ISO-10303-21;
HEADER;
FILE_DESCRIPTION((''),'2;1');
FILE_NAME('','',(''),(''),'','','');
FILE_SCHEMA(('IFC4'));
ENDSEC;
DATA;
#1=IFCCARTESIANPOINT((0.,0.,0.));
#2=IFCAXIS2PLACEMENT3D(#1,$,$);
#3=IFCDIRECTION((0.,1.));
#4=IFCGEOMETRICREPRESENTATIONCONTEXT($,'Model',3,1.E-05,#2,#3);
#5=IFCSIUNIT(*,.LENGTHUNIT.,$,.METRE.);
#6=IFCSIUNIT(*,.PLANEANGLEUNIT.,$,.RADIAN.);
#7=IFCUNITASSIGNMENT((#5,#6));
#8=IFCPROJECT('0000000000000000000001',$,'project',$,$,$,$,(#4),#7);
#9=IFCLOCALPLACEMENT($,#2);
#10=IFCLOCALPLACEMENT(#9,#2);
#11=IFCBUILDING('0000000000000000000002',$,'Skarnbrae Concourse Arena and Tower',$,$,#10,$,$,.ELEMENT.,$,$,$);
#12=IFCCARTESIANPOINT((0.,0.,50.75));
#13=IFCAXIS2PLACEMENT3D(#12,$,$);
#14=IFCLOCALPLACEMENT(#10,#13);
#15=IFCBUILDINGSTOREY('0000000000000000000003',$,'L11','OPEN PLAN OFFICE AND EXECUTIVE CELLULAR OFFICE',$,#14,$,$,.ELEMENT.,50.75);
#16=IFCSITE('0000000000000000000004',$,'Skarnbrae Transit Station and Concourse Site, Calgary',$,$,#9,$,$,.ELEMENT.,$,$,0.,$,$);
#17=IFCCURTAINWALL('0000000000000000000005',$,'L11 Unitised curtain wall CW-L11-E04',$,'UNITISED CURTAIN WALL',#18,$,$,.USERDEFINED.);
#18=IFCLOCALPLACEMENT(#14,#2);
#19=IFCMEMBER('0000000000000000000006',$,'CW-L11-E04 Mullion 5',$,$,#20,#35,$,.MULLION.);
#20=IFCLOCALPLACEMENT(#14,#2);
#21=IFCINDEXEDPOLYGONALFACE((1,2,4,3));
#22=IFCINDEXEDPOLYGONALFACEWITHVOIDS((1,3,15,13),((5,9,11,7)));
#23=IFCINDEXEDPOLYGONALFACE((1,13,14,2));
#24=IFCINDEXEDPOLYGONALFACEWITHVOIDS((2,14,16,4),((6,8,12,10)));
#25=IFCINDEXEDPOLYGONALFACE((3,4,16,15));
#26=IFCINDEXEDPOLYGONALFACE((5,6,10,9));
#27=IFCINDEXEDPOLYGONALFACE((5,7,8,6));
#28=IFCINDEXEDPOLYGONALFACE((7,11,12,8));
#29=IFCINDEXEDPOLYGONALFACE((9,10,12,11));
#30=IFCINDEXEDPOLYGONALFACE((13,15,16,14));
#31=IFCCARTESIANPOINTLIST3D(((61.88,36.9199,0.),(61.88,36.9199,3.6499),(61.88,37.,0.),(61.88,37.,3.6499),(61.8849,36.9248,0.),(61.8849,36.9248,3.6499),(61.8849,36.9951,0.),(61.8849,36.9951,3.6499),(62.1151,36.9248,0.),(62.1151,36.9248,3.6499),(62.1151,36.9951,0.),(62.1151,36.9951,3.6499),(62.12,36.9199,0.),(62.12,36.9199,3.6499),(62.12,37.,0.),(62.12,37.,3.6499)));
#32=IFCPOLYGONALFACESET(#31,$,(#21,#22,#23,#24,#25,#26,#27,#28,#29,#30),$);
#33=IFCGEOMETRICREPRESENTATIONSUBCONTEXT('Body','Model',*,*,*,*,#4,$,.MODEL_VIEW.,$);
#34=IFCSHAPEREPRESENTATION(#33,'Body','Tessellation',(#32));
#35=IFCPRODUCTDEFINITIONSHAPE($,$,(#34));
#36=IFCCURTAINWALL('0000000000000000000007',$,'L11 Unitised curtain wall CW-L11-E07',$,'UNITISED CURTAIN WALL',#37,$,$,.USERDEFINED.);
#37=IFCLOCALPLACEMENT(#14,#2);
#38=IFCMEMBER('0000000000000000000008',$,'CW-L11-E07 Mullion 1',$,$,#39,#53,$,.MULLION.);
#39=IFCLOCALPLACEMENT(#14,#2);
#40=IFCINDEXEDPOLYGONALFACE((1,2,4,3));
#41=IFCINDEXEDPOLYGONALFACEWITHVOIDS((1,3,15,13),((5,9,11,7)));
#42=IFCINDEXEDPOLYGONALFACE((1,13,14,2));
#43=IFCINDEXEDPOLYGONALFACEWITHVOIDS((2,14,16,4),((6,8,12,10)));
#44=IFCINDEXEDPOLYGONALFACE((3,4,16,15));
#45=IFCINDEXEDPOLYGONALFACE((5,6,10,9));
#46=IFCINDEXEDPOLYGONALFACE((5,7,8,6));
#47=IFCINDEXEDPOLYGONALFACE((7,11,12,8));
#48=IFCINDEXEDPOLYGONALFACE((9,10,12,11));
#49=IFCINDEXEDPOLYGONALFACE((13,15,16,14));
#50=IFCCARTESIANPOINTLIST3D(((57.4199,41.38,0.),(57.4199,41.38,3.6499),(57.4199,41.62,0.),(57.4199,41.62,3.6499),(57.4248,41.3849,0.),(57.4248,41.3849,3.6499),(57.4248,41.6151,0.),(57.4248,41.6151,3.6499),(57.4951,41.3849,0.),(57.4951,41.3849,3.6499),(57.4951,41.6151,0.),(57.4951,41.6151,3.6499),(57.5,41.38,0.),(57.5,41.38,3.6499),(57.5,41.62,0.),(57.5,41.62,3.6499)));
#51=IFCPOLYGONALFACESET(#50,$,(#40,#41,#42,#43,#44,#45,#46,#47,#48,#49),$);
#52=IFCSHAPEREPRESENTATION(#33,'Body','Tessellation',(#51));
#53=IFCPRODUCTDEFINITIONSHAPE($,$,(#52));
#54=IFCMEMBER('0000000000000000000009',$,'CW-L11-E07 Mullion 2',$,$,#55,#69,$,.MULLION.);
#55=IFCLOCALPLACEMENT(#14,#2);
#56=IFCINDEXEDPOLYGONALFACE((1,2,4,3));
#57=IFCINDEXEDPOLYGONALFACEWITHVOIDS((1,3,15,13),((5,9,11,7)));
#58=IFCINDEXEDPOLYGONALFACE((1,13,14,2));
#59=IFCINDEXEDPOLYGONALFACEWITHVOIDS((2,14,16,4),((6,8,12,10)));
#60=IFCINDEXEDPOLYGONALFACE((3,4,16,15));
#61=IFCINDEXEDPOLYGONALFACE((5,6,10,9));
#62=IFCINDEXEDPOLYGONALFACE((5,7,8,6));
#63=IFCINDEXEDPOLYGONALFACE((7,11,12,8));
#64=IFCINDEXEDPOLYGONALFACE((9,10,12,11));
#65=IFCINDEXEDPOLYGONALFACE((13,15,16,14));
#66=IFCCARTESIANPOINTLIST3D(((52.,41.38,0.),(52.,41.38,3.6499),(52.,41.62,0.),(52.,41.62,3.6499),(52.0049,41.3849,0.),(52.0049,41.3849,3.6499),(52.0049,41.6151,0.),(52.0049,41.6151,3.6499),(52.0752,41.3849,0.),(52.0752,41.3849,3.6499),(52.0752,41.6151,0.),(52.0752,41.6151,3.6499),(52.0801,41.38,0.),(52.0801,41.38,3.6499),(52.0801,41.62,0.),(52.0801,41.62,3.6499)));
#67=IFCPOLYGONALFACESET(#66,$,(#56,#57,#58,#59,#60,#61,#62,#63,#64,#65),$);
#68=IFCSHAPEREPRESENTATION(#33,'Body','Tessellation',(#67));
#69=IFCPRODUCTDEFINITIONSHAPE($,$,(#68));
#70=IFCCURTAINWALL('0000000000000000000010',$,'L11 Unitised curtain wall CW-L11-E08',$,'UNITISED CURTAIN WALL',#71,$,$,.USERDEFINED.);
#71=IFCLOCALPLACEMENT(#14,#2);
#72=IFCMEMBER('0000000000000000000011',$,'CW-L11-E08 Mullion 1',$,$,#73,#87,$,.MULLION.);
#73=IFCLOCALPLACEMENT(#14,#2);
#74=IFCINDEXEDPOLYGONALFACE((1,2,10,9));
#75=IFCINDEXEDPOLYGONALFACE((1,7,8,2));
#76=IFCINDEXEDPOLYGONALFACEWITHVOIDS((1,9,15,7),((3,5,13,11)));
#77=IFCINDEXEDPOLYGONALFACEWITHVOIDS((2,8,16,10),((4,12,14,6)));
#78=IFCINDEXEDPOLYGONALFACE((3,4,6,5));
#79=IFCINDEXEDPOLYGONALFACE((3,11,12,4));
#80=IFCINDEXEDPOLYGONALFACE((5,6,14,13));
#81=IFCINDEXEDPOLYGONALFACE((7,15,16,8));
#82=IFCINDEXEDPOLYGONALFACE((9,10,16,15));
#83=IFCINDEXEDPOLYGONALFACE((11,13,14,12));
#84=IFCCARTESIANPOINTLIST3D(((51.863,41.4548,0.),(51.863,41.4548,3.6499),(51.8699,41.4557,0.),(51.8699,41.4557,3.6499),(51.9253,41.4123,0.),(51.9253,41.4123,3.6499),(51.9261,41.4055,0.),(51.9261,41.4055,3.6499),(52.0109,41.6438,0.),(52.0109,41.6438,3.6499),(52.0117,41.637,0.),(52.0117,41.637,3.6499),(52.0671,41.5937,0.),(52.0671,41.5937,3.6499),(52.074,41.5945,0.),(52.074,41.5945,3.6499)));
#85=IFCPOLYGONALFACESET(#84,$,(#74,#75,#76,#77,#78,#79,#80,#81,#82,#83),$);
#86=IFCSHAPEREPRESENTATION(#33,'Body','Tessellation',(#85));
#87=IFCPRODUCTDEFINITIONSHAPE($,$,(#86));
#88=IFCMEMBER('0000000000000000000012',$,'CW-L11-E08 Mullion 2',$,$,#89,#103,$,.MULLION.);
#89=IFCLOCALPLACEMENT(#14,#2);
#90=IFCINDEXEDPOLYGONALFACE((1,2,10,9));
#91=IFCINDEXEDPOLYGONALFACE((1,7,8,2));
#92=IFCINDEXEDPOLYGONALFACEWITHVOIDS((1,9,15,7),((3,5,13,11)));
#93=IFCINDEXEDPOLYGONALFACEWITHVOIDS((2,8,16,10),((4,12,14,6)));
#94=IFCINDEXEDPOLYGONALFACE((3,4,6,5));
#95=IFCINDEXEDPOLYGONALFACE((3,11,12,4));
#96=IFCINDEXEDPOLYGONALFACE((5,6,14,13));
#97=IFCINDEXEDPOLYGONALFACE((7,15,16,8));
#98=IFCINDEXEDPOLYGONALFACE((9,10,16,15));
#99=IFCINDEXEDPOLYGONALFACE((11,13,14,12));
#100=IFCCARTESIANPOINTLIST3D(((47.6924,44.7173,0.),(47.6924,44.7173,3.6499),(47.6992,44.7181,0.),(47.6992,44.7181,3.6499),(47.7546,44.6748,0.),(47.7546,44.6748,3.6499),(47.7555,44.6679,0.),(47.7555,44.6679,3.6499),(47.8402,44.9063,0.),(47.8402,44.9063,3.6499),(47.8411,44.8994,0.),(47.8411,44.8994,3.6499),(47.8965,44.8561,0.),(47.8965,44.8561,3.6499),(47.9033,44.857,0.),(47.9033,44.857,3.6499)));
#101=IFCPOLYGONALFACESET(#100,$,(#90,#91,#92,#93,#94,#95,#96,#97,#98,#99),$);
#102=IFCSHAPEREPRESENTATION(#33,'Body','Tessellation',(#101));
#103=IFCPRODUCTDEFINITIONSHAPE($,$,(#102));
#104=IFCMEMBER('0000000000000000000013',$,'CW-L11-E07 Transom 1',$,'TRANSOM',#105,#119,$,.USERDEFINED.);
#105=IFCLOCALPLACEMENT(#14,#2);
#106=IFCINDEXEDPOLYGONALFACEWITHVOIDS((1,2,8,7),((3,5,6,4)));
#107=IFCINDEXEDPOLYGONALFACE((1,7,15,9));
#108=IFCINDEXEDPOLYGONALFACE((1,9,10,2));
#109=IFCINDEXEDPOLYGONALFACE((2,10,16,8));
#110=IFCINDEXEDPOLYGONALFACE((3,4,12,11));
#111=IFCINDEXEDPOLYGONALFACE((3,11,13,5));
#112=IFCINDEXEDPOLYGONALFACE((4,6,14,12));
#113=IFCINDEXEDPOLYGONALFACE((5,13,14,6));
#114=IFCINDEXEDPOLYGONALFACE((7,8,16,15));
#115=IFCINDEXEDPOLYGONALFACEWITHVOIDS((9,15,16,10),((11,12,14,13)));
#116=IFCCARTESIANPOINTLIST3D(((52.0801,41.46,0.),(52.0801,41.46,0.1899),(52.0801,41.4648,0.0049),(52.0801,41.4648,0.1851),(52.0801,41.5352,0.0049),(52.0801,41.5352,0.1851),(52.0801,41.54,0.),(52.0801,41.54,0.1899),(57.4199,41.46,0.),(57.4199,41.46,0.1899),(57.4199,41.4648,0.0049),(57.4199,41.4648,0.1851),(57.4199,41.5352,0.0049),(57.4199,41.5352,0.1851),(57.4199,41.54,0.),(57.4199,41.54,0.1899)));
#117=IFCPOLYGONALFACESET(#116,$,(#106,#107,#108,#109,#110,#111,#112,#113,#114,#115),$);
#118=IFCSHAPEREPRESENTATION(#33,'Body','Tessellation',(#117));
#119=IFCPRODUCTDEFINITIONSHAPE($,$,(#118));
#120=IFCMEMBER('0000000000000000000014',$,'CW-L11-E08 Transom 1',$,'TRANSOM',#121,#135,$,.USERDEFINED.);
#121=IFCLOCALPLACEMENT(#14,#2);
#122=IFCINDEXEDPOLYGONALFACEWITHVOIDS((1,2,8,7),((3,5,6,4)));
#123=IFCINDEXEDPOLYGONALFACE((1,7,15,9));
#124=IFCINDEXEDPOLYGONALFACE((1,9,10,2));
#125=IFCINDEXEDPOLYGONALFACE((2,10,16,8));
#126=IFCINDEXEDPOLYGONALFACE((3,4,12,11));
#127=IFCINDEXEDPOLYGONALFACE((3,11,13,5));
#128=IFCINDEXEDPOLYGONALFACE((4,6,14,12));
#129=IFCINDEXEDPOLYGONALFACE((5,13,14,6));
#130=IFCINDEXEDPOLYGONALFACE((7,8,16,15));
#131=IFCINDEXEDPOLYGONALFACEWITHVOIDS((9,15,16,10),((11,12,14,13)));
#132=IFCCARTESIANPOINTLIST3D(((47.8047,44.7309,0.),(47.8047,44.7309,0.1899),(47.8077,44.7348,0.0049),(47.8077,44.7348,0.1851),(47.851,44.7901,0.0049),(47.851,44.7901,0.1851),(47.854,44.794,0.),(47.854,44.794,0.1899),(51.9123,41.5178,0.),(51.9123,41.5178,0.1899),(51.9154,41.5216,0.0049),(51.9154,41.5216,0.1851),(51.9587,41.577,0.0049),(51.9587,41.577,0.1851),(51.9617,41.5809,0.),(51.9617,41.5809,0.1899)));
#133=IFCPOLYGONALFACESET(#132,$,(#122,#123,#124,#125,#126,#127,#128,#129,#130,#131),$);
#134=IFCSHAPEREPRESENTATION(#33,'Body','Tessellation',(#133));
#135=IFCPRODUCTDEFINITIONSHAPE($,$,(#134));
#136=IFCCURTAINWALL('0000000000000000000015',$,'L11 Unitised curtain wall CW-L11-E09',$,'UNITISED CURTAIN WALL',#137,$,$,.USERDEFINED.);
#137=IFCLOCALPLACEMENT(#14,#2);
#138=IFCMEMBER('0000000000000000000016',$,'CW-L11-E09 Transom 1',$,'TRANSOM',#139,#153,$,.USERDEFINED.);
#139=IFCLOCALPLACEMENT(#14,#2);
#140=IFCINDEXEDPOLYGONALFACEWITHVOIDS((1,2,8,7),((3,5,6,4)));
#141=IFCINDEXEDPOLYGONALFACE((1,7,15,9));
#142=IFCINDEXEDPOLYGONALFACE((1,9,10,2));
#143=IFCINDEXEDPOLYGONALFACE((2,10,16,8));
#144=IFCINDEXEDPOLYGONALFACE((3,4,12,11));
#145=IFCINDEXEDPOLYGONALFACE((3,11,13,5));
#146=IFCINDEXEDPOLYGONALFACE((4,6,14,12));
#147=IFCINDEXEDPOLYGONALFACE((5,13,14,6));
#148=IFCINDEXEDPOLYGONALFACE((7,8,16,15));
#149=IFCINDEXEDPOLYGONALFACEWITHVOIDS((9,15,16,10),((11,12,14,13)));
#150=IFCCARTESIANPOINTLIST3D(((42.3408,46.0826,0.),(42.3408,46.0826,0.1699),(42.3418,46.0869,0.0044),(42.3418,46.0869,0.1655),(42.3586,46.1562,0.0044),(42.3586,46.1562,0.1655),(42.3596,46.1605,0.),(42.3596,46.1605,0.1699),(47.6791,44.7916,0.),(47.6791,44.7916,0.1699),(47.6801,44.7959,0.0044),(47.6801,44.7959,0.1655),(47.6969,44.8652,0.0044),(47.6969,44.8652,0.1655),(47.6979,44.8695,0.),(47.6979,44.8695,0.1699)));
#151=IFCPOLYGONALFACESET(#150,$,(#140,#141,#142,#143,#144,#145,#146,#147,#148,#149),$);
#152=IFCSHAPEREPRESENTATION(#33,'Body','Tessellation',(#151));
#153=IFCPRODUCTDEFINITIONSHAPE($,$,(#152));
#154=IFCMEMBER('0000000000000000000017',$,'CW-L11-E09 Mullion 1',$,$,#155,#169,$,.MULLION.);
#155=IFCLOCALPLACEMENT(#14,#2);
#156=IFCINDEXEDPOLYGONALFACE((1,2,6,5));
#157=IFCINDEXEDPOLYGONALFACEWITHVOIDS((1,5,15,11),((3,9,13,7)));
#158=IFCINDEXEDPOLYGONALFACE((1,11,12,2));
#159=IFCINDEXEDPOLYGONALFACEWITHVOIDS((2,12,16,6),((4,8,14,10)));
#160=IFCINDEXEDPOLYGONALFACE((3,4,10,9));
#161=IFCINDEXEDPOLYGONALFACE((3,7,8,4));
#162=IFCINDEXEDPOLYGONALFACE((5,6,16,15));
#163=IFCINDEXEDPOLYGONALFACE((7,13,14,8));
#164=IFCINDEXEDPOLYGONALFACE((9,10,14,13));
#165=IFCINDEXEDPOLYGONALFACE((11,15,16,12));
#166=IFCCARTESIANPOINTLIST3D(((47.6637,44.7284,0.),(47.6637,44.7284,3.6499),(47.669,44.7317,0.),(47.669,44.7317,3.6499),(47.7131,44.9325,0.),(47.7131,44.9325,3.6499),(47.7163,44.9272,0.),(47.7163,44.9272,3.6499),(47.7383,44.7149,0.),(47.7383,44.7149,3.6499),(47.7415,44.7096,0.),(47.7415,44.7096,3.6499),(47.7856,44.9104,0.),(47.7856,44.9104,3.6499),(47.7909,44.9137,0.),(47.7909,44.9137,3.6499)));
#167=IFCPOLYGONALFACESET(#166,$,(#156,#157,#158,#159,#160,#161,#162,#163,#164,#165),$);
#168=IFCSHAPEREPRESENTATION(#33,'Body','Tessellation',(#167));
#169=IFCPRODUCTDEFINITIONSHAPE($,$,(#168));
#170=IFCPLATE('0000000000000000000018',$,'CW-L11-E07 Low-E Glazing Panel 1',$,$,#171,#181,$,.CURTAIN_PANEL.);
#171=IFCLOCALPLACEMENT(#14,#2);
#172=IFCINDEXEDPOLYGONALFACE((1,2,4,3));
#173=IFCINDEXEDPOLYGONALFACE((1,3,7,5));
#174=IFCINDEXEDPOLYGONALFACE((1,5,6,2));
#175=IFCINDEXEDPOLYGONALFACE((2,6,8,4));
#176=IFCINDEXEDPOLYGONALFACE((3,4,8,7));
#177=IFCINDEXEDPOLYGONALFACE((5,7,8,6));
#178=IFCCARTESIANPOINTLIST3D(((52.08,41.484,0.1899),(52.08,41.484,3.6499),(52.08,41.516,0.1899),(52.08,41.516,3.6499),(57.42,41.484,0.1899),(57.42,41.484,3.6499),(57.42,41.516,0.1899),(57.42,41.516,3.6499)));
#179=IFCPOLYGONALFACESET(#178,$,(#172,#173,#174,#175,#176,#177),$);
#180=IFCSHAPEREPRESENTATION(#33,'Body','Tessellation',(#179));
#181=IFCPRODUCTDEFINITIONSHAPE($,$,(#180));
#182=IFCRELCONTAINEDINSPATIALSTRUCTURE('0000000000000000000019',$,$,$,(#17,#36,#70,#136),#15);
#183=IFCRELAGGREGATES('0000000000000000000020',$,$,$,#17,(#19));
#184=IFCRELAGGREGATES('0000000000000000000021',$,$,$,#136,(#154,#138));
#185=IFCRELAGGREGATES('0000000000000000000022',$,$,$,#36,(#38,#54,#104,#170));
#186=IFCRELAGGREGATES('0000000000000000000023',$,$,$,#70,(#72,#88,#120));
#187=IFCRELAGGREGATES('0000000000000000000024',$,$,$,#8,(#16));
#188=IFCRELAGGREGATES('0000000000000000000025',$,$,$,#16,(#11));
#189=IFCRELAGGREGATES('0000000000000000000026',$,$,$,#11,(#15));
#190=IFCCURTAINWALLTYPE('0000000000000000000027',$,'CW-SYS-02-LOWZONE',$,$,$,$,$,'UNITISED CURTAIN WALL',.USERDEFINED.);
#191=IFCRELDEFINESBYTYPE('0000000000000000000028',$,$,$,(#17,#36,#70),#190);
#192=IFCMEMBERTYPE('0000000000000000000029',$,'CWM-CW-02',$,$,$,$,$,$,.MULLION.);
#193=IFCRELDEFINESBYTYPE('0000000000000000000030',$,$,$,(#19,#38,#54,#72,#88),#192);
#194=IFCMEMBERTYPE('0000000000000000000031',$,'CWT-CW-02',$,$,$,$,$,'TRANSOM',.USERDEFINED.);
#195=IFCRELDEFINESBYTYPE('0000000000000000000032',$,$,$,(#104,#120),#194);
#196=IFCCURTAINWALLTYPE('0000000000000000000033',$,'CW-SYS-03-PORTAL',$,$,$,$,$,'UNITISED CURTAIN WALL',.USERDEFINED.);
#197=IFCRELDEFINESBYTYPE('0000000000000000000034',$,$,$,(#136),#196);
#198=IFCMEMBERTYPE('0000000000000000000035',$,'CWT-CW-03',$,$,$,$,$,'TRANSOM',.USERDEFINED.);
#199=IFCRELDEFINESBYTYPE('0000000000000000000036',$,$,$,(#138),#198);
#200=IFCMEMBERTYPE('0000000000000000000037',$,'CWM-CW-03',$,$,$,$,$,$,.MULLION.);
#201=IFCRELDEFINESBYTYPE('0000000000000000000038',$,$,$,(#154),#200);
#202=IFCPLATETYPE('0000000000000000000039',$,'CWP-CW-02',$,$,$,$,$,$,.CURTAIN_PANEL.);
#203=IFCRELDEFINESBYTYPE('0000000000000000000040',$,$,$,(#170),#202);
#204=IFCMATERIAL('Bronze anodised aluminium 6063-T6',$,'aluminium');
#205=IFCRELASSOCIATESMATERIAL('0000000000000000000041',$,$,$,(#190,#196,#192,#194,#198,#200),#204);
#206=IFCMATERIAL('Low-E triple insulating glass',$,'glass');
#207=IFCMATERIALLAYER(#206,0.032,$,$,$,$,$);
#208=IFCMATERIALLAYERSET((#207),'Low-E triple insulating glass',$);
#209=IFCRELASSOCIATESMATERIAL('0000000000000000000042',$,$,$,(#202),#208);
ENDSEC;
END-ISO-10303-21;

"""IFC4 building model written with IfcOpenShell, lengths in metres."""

from ifc_helpers import new_model, si_unit, direction, frame, origin, origin_2d, place, context, subcontext, project, spatial, rectangle, hollow_rectangle, extrude, source, transform, mapped, material, layer, layer_set, material_profile, profile_set, type_object, element, aggregate, save


model = new_model("IFC4")

# Units and contexts
model_context = context("Model", 3, precision=1e-05, world=origin(), true_north=direction((0.0, 1.0)))
body_context = subcontext(model_context, "Body", "Model", "MODEL_VIEW")
ifc_project = project(units=[si_unit("LENGTHUNIT", "METRE"), si_unit("PLANEANGLEUNIT", "RADIAN")], contexts=[model_context])

# Site, building, storey
site_placement = place(None, origin())
site = spatial("IfcSite", under=ifc_project, at=site_placement, Name="Skarnbrae Transit Station and Concourse Site, Calgary", CompositionType="ELEMENT", RefElevation=0.0)
building_placement = place(site_placement, origin())
building = spatial("IfcBuilding", under=site, at=building_placement, Name="Skarnbrae Concourse Arena and Tower", CompositionType="ELEMENT")
storey_placement = place(building_placement, frame((0.0, 0.0, 50.75)))
storey = spatial("IfcBuildingStorey", under=building, at=storey_placement, Name="L11", Description="OPEN PLAN OFFICE AND EXECUTIVE CELLULAR OFFICE", CompositionType="ELEMENT", Elevation=50.75)

# Curtain wall, member
ifc_material_1 = material(Name="Bronze anodised aluminium 6063-T6", Category="aluminium")
curtain_wall_type_1 = type_object("IfcCurtainWallType", Name="CW-SYS-02-LOWZONE", ElementType="UNITISED CURTAIN WALL", PredefinedType="USERDEFINED", material=ifc_material_1)
curtain_wall_1_placement = place(storey_placement, origin())
curtain_wall_1 = element("IfcCurtainWall", 1, at=curtain_wall_1_placement, inside=storey, type_object=curtain_wall_type_1, Name="L11 Unitised curtain wall CW-L11-E04", ObjectType="UNITISED CURTAIN WALL", PredefinedType="USERDEFINED")
ifc_material_profile_1 = material_profile(ifc_material_1, hollow_rectangle(XDim=0.0801, YDim=0.24, WallThickness=0.0049, at=origin_2d()), Name="ALU-MULL-80X240")
ifc_profile_set_1 = profile_set([ifc_material_profile_1], Name="Bronze anodised aluminium 6063-T6")
member_type_1 = type_object("IfcMemberType", Name="CWM-CW-02", PredefinedType="MULLION", material=ifc_profile_set_1)
shared_shape_1 = source(origin(), body_context, "Body", "SweptSolid", [
    extrude(hollow_rectangle(XDim=0.0801, YDim=0.24, WallThickness=0.0049, at=origin_2d()), origin(), (0.0, 0.0, 1.0), 3.6499),
])
member_1_placement = place(storey_placement, frame((62.0, 36.96, 0.0), z_axis=(0.0, 0.0, 1.0), x_axis=(0.0, 1.0, 0.0)))
member_1 = element("IfcMember", 2, at=member_1_placement, type_object=member_type_1, Name="CW-L11-E04 Mullion 5", PredefinedType="MULLION", context=body_context, shape_type="MappedRepresentation", body=[
    mapped(shared_shape_1, transform((0.0, 0.0, 0.0))),
])
aggregate(curtain_wall_1, [member_1])

# Curtain walls, members
curtain_wall_2_placement = place(storey_placement, origin())
curtain_wall_2 = element("IfcCurtainWall", 3, at=curtain_wall_2_placement, inside=storey, type_object=curtain_wall_type_1, Name="L11 Unitised curtain wall CW-L11-E07", ObjectType="UNITISED CURTAIN WALL", PredefinedType="USERDEFINED")
member_2_placement = place(storey_placement, frame((57.46, 41.5, 0.0), z_axis=(0.0, 0.0, 1.0), x_axis=(-1.0, 0.0, 0.0)))
member_2 = element("IfcMember", 4, at=member_2_placement, type_object=member_type_1, Name="CW-L11-E07 Mullion 1", PredefinedType="MULLION", context=body_context, shape_type="MappedRepresentation", body=[
    mapped(shared_shape_1, transform((0.0, 0.0, 0.0))),
])
member_3_placement = place(storey_placement, frame((52.04, 41.5, 0.0), z_axis=(0.0, 0.0, 1.0), x_axis=(-1.0, 0.0, 0.0)))
member_3 = element("IfcMember", 5, at=member_3_placement, type_object=member_type_1, Name="CW-L11-E07 Mullion 2", PredefinedType="MULLION", context=body_context, shape_type="MappedRepresentation", body=[
    mapped(shared_shape_1, transform((0.0, 0.0, 0.0))),
])
curtain_wall_3_placement = place(storey_placement, origin())
curtain_wall_3 = element("IfcCurtainWall", 6, at=curtain_wall_3_placement, inside=storey, type_object=curtain_wall_type_1, Name="L11 Unitised curtain wall CW-L11-E08", ObjectType="UNITISED CURTAIN WALL", PredefinedType="USERDEFINED")
member_4_placement = place(storey_placement, frame((51.9685, 41.5247, 0.0), z_axis=(0.0, 0.0, 1.0), x_axis=(-0.787652, 0.616121, 0.0)))
member_4 = element("IfcMember", 7, at=member_4_placement, type_object=member_type_1, Name="CW-L11-E08 Mullion 1", PredefinedType="MULLION", context=body_context, shape_type="MappedRepresentation", body=[
    mapped(shared_shape_1, transform((0.0, 0.0, 0.0))),
])
member_5_placement = place(storey_placement, frame((47.7979, 44.7871, 0.0), z_axis=(0.0, 0.0, 1.0), x_axis=(-0.787652, 0.616121, 0.0)))
member_5 = element("IfcMember", 8, at=member_5_placement, type_object=member_type_1, Name="CW-L11-E08 Mullion 2", PredefinedType="MULLION", context=body_context, shape_type="MappedRepresentation", body=[
    mapped(shared_shape_1, transform((0.0, 0.0, 0.0))),
])

# Members
ifc_material_profile_2 = material_profile(ifc_material_1, hollow_rectangle(XDim=0.0801, YDim=0.1899, WallThickness=0.0049, at=origin_2d()), Name="ALU-TRAN-80X190")
ifc_profile_set_2 = profile_set([ifc_material_profile_2], Name="Bronze anodised aluminium 6063-T6")
member_type_2 = type_object("IfcMemberType", Name="CWT-CW-02", ElementType="TRANSOM", PredefinedType="USERDEFINED", material=ifc_profile_set_2)
shared_shape_2 = source(origin(), body_context, "Body", "SweptSolid", [
    extrude(hollow_rectangle(XDim=0.0801, YDim=0.1899, WallThickness=0.0049, at=origin_2d()), origin(), (0.0, 0.0, 1.0), 5.3398),
])
member_6_placement = place(storey_placement, frame((57.4199, 41.5, 0.095), z_axis=(-1.0, 0.0, 0.0), x_axis=(0.0, -1.0, 0.0)))
member_6 = element("IfcMember", 9, at=member_6_placement, type_object=member_type_2, Name="CW-L11-E07 Transom 1", ObjectType="TRANSOM", PredefinedType="USERDEFINED", context=body_context, shape_type="MappedRepresentation", body=[
    mapped(shared_shape_2, transform((0.0, 0.0, 0.0))),
])
shared_shape_3 = source(origin(), body_context, "Body", "SweptSolid", [
    extrude(hollow_rectangle(XDim=0.0801, YDim=0.1899, WallThickness=0.0049, at=origin_2d()), origin(), (0.0, 0.0, 1.0), 5.2151),
])
member_7_placement = place(storey_placement, frame((51.937, 41.5493, 0.095), z_axis=(-0.78765, 0.616123, 0.0), x_axis=(-0.616123, -0.78765, 0.0)))
member_7 = element("IfcMember", 10, at=member_7_placement, type_object=member_type_2, Name="CW-L11-E08 Transom 1", ObjectType="TRANSOM", PredefinedType="USERDEFINED", context=body_context, shape_type="MappedRepresentation", body=[
    mapped(shared_shape_3, transform((0.0, 0.0, 0.0))),
])

# Curtain wall, members
curtain_wall_type_2 = type_object("IfcCurtainWallType", Name="CW-SYS-03-PORTAL", ElementType="UNITISED CURTAIN WALL", PredefinedType="USERDEFINED", material=ifc_material_1)
curtain_wall_4_placement = place(storey_placement, origin())
curtain_wall_4 = element("IfcCurtainWall", 11, at=curtain_wall_4_placement, inside=storey, type_object=curtain_wall_type_2, Name="L11 Unitised curtain wall CW-L11-E09", ObjectType="UNITISED CURTAIN WALL", PredefinedType="USERDEFINED")
ifc_material_profile_3 = material_profile(ifc_material_1, hollow_rectangle(XDim=0.0801, YDim=0.1699, WallThickness=0.0044, at=origin_2d()), Name="ALU-TRAN-80X170")
ifc_profile_set_3 = profile_set([ifc_material_profile_3], Name="Bronze anodised aluminium 6063-T6")
member_type_3 = type_object("IfcMemberType", Name="CWT-CW-03", ElementType="TRANSOM", PredefinedType="USERDEFINED", material=ifc_profile_set_3)
shared_shape_4 = source(origin(), body_context, "Body", "SweptSolid", [
    extrude(hollow_rectangle(XDim=0.0801, YDim=0.1699, WallThickness=0.0044, at=origin_2d()), origin(), (0.0, 0.0, 1.0), 5.4922),
])
member_8_placement = place(storey_placement, frame((47.6885, 44.8306, 0.085), z_axis=(-0.971981, 0.235061, 0.0), x_axis=(-0.235061, -0.971981, 0.0)))
member_8 = element("IfcMember", 12, at=member_8_placement, type_object=member_type_3, Name="CW-L11-E09 Transom 1", ObjectType="TRANSOM", PredefinedType="USERDEFINED", context=body_context, shape_type="MappedRepresentation", body=[
    mapped(shared_shape_4, transform((0.0, 0.0, 0.0))),
])
ifc_material_profile_4 = material_profile(ifc_material_1, hollow_rectangle(XDim=0.0801, YDim=0.21, WallThickness=0.0044, at=origin_2d()), Name="ALU-MULL-80X210")
ifc_profile_set_4 = profile_set([ifc_material_profile_4], Name="Bronze anodised aluminium 6063-T6")
member_type_4 = type_object("IfcMemberType", Name="CWM-CW-03", PredefinedType="MULLION", material=ifc_profile_set_4)
shared_shape_5 = source(origin(), body_context, "Body", "SweptSolid", [
    extrude(hollow_rectangle(XDim=0.0801, YDim=0.21, WallThickness=0.0044, at=origin_2d()), origin(), (0.0, 0.0, 1.0), 3.6499),
])
member_9_placement = place(storey_placement, frame((47.7273, 44.821, 0.0), z_axis=(0.0, 0.0, 1.0), x_axis=(-0.971974, 0.23509, 0.0)))
member_9 = element("IfcMember", 13, at=member_9_placement, type_object=member_type_4, Name="CW-L11-E09 Mullion 1", PredefinedType="MULLION", context=body_context, shape_type="MappedRepresentation", body=[
    mapped(shared_shape_5, transform((0.0, 0.0, 0.0))),
])
aggregate(curtain_wall_4, [member_9, member_8])

# Plate
ifc_material_2 = material(Name="Low-E triple insulating glass", Category="glass")
ifc_layer_1 = layer(ifc_material_2, 0.032)
ifc_layer_set_1 = layer_set([ifc_layer_1], Name="Low-E triple insulating glass")
plate_type = type_object("IfcPlateType", Name="CWP-CW-02", PredefinedType="CURTAIN_PANEL", material=ifc_layer_set_1)
shared_shape_6 = source(origin(), body_context, "Body", "SweptSolid", [
    extrude(rectangle(XDim=5.3401, YDim=0.032, at=origin_2d()), origin(), (0.0, 0.0, 1.0), 3.46),
])
plate_1_placement = place(storey_placement, frame((54.75, 41.5, 0.1899), z_axis=(0.0, 0.0, 1.0), x_axis=(-1.0, 0.0, 0.0)))
plate_1 = element("IfcPlate", 14, at=plate_1_placement, type_object=plate_type, Name="CW-L11-E07 Low-E Glazing Panel 1", PredefinedType="CURTAIN_PANEL", context=body_context, shape_type="MappedRepresentation", body=[
    mapped(shared_shape_6, transform((0.0, 0.0, 0.0))),
])
aggregate(curtain_wall_2, [member_2, member_3, member_6, plate_1])
aggregate(curtain_wall_3, [member_4, member_5, member_7])

save(model, "model.ifc")
